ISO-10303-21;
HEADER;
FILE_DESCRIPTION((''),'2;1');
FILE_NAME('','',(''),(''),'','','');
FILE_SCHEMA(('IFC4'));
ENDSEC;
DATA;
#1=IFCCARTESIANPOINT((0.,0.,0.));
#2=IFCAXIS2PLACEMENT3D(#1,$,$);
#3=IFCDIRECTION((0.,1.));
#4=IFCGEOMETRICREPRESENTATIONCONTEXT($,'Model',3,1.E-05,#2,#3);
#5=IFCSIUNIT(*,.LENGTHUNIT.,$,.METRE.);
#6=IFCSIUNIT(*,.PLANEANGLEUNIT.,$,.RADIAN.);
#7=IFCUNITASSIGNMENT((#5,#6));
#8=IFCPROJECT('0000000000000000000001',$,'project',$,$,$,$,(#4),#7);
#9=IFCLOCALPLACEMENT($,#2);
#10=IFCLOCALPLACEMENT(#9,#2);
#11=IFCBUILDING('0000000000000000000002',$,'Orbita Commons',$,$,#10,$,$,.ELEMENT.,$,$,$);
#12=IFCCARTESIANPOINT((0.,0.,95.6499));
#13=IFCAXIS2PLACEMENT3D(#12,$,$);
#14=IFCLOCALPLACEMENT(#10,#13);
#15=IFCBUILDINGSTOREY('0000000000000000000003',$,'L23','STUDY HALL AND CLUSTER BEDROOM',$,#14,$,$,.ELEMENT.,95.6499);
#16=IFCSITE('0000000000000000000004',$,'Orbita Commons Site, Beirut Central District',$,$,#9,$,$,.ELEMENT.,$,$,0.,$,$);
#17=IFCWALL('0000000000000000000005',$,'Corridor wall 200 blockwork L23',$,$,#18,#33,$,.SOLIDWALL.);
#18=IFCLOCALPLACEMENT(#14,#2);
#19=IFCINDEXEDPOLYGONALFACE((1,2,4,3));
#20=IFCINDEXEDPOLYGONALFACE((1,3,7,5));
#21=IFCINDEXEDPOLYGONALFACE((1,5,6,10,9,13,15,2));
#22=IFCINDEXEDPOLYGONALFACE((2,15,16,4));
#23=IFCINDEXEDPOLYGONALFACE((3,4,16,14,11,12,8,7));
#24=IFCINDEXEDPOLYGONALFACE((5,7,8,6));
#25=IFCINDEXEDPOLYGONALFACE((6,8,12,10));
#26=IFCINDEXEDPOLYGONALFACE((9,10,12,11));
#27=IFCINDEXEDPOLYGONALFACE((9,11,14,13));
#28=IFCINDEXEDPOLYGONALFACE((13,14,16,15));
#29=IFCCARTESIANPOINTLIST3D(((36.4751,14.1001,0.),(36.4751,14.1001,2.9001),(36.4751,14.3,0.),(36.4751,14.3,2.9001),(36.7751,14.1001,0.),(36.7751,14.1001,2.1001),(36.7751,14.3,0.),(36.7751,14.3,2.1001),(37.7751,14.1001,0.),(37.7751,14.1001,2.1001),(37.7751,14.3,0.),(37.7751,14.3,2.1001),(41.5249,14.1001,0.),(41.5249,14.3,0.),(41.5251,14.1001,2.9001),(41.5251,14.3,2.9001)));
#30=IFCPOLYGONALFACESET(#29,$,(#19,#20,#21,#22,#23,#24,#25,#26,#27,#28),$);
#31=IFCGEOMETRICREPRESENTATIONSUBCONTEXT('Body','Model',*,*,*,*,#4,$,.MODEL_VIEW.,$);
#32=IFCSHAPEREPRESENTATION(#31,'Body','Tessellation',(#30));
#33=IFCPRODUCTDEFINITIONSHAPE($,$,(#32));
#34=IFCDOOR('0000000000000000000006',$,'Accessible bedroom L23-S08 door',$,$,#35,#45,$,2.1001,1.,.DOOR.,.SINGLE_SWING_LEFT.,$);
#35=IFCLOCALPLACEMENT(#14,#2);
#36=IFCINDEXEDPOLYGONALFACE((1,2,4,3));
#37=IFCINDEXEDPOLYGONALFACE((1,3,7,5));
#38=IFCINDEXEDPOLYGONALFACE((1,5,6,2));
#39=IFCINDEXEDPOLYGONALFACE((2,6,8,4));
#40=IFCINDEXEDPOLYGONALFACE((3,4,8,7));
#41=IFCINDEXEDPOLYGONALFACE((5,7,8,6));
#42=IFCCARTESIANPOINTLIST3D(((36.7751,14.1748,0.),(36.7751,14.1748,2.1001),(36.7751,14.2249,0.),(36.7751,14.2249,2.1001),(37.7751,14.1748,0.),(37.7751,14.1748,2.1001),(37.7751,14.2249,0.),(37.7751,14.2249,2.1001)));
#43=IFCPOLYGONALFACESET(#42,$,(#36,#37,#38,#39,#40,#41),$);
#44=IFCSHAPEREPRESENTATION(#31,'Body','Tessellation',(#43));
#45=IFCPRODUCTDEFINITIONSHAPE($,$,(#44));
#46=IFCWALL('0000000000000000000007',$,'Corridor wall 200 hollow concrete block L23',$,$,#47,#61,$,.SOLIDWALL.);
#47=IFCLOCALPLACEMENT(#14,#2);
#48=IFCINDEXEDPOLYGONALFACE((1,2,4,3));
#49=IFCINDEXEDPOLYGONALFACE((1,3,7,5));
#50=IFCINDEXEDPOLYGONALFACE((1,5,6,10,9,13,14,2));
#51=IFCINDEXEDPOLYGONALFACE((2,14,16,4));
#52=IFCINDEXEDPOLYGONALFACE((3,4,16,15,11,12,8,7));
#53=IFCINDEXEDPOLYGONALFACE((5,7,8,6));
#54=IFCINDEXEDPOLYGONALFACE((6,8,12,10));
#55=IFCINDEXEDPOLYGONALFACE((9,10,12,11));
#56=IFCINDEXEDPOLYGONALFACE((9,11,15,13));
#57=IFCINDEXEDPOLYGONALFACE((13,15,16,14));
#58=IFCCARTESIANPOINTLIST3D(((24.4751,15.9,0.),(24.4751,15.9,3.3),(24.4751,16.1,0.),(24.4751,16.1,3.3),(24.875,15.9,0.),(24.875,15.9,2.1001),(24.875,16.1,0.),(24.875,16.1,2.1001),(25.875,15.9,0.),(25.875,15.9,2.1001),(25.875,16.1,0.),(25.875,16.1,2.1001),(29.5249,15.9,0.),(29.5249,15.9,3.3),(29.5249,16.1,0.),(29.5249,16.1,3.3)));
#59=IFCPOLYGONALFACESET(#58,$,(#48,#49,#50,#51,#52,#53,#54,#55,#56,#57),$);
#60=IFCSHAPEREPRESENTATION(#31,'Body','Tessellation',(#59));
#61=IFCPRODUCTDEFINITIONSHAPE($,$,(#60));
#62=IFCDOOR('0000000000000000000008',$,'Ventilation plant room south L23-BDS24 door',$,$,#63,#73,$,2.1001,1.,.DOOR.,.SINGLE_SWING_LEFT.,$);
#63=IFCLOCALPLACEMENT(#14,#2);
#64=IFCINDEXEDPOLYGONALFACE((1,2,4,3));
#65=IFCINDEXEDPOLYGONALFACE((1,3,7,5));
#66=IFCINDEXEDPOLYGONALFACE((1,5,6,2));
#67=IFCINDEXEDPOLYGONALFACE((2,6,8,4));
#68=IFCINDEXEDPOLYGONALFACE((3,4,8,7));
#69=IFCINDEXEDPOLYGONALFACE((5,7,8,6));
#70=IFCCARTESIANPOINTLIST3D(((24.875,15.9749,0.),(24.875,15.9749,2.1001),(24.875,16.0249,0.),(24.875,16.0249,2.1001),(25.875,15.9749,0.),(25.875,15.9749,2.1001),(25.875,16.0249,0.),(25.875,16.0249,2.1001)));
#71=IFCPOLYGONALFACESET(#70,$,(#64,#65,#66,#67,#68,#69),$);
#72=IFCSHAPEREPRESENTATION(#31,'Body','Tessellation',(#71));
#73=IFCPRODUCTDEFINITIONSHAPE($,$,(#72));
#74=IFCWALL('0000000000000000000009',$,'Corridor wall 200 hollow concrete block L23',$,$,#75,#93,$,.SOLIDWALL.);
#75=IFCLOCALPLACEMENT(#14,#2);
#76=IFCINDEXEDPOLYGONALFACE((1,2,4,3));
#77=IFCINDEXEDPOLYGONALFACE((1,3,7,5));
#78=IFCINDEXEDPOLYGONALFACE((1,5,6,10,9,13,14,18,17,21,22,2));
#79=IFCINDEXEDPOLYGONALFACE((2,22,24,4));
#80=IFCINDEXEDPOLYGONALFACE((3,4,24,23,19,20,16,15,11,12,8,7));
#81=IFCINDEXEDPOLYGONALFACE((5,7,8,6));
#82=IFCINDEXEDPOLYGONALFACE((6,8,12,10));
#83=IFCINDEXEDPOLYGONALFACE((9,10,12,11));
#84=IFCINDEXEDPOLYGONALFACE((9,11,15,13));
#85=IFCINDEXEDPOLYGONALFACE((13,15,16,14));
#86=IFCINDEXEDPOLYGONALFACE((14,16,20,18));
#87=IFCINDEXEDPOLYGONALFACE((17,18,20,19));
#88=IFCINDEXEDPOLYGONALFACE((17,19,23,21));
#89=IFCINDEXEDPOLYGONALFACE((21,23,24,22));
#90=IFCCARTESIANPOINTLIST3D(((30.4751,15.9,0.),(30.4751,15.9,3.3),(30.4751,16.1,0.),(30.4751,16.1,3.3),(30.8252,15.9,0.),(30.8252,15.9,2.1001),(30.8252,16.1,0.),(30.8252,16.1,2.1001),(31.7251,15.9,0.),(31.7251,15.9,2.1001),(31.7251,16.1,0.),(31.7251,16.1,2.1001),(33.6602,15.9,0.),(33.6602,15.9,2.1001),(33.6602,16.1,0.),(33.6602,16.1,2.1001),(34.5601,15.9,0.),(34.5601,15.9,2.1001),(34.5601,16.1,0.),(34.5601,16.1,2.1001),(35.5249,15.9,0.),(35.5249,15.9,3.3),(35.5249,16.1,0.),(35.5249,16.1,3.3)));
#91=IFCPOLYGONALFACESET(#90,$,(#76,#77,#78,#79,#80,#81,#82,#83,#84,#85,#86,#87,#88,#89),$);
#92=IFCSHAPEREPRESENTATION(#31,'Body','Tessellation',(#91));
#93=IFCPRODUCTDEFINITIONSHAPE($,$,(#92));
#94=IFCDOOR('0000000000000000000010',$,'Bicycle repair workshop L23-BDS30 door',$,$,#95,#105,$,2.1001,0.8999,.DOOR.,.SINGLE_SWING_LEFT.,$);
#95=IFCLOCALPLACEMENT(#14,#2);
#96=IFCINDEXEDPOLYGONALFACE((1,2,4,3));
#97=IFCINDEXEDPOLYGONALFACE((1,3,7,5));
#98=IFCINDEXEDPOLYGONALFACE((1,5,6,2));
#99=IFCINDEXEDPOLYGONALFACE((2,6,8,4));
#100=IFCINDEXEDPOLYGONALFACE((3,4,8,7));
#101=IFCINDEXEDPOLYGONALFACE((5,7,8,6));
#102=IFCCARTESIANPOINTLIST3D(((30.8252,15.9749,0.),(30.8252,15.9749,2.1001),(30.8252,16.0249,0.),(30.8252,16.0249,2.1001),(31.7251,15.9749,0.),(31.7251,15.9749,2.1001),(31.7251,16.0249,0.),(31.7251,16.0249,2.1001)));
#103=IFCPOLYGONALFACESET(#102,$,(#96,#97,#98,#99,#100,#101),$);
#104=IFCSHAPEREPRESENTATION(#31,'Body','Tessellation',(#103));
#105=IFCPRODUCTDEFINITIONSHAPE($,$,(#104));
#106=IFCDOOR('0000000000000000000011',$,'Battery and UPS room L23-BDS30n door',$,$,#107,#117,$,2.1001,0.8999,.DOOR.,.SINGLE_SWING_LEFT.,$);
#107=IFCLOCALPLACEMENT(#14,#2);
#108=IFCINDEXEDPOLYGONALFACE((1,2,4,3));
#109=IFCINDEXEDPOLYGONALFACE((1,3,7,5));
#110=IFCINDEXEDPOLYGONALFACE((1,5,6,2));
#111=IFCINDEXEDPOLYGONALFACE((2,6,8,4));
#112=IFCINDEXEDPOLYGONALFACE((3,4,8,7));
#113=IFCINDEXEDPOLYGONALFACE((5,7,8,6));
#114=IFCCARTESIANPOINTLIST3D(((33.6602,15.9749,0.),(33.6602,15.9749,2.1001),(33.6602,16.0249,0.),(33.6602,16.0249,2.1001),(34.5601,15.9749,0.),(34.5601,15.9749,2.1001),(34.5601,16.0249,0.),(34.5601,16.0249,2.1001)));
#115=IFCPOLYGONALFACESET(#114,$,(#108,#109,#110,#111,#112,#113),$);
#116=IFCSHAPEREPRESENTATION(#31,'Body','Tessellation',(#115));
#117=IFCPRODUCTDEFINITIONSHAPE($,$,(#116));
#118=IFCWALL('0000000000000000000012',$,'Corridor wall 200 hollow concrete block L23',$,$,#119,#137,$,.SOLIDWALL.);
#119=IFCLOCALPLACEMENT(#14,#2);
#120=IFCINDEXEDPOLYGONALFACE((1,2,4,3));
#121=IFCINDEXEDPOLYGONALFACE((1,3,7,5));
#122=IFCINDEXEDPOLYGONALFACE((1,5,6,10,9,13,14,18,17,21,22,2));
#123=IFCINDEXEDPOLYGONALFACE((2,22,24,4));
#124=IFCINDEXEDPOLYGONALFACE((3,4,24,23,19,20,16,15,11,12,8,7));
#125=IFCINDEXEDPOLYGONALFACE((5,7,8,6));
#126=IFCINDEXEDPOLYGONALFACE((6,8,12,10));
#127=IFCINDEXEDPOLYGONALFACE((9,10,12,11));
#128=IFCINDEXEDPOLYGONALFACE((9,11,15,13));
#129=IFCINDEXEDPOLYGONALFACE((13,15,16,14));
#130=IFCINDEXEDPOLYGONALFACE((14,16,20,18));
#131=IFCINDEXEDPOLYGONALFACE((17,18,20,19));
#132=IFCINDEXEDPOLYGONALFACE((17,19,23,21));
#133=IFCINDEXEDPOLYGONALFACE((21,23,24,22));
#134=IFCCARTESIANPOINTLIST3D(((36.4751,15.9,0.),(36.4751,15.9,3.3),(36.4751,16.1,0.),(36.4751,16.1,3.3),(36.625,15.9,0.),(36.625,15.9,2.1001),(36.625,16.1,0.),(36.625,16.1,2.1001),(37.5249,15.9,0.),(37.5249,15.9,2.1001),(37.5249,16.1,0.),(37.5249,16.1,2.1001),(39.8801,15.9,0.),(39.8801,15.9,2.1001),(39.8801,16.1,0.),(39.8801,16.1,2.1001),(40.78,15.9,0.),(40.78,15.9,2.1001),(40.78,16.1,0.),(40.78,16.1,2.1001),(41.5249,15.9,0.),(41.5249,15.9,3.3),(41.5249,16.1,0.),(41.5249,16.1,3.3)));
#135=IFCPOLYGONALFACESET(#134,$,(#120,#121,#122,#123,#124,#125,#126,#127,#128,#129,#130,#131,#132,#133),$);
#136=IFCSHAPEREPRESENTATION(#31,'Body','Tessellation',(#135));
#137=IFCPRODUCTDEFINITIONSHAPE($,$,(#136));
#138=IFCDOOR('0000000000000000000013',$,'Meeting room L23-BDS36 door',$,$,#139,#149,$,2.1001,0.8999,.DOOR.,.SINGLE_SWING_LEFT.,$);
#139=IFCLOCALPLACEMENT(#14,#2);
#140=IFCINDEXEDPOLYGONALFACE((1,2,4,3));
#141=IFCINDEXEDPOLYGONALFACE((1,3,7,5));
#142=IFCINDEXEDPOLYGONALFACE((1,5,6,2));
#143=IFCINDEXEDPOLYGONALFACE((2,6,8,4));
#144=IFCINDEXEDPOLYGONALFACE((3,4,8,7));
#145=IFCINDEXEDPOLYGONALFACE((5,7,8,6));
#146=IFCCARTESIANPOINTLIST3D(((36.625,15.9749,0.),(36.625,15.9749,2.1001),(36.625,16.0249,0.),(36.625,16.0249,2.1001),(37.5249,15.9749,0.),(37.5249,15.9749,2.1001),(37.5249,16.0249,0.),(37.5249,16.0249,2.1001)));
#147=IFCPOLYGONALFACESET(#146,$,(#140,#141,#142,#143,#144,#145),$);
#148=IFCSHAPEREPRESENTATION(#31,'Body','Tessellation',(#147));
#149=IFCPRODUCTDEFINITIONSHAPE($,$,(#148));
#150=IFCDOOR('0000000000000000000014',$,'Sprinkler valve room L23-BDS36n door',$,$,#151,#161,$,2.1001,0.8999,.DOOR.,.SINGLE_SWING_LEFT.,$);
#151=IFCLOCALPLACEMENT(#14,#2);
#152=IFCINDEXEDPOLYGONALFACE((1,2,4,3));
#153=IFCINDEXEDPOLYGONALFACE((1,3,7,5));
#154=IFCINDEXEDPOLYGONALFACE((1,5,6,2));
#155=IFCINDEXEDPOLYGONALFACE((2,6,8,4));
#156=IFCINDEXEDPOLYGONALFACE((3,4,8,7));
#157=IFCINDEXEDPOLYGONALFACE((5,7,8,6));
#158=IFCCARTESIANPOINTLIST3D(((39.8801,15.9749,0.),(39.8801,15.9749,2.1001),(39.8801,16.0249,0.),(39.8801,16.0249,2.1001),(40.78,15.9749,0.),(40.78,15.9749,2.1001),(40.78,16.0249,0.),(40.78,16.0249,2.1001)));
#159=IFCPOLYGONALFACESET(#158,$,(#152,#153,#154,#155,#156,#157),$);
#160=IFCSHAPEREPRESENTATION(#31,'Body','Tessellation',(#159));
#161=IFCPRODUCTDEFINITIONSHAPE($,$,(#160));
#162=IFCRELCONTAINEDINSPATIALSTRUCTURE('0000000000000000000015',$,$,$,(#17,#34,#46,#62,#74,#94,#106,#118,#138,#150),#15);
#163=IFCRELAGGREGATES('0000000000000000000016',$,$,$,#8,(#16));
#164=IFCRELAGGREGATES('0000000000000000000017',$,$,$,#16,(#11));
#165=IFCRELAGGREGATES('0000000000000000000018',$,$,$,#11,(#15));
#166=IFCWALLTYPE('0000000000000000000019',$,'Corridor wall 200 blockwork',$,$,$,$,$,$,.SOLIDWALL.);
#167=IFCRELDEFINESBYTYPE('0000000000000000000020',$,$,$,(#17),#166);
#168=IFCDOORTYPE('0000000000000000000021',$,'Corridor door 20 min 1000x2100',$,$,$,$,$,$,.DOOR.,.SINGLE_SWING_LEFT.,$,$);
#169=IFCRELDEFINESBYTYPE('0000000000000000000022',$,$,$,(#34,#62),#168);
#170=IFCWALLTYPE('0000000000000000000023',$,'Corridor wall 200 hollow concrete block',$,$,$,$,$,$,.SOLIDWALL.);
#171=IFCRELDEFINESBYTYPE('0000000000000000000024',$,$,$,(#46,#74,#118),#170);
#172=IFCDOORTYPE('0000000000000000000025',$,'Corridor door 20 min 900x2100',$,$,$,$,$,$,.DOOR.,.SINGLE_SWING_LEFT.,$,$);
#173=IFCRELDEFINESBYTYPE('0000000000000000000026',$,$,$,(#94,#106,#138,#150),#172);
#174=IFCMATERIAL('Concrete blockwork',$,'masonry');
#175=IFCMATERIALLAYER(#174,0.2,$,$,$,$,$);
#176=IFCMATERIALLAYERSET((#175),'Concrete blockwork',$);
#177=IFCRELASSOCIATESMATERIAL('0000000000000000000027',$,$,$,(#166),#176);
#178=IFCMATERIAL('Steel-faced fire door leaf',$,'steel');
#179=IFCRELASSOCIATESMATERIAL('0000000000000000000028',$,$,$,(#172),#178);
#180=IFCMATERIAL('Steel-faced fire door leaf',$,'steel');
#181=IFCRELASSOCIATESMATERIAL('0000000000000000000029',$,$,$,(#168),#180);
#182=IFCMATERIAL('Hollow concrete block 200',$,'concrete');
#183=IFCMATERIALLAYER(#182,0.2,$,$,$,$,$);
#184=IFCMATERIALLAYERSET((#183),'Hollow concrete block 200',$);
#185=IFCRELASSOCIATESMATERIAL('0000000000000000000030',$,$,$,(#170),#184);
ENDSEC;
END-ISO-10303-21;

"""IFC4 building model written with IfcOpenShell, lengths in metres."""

from ifc_helpers import new_model, si_unit, direction, frame, frame_2d, origin, place, context, subcontext, project, spatial, polyline, rectangle, outline, extrude, material, layer, layer_set, type_object, element, fill, save


model = new_model("IFC4")

# Units and contexts
model_context = context("Model", 3, precision=1e-05, world=origin(), true_north=direction((0.0, 1.0)))
body_context = subcontext(model_context, "Body", "Model", "MODEL_VIEW")
ifc_project = project(units=[si_unit("LENGTHUNIT", "METRE"), si_unit("PLANEANGLEUNIT", "RADIAN")], contexts=[model_context])

# Site, building, storey
site_placement = place(None, origin())
site = spatial("IfcSite", under=ifc_project, at=site_placement, Name="Orbita Commons Site, Beirut Central District", CompositionType="ELEMENT", RefElevation=0.0)
building_placement = place(site_placement, origin())
building = spatial("IfcBuilding", under=site, at=building_placement, Name="Orbita Commons", CompositionType="ELEMENT")
storey_placement = place(building_placement, frame((0.0, 0.0, 95.6499)))
storey = spatial("IfcBuildingStorey", under=building, at=storey_placement, Name="L23", Description="STUDY HALL AND CLUSTER BEDROOM", CompositionType="ELEMENT", Elevation=95.6499)

# Shared definitions
ifc_material_1 = material(Name="Concrete blockwork", Category="masonry")
ifc_layer_1 = layer(ifc_material_1, 0.2)
ifc_layer_set_1 = layer_set([ifc_layer_1], Name="Concrete blockwork")
wall_type_1 = type_object("IfcWallType", Name="Corridor wall 200 blockwork", PredefinedType="SOLIDWALL", material=ifc_layer_set_1)
ifc_material_2 = material(Name="Steel-faced fire door leaf", Category="steel")
door_type_1 = type_object("IfcDoorType", Name="Corridor door 20 min 900x2100", OperationType="SINGLE_SWING_LEFT", PredefinedType="DOOR", material=ifc_material_2)

# Walls, openings, doors
wall_1_placement = place(storey_placement, frame((36.4751, 14.2, 0.0), z_axis=(0.0, 0.0, 1.0), x_axis=(1.0, 0.0, 0.0)))
wall_1 = element("IfcWall", 1, at=wall_1_placement, inside=storey, type_object=wall_type_1, Name="Corridor wall 200 blockwork L23", PredefinedType="SOLIDWALL", context=body_context, shape_type="SweptSolid", body=[
    extrude(outline(polyline([(0.0, 0.0), (5.0498, 0.0), (5.05, 2.9001), (0.0, 2.9001), (0.0, 0.0)])), frame((0.0, 0.1001, 0.0), z_axis=(0.0, -1.0, 0.0), x_axis=(1.0, 0.0, 0.0)), (0.0, 0.0, 1.0), 0.2),
])
opening_1_placement = place(wall_1_placement, frame((0.3, 0.0, 0.0)))
opening_1 = element("IfcOpeningElement", 2, at=opening_1_placement, cuts=wall_1, PredefinedType="OPENING", context=body_context, shape_type="SweptSolid", body=[
    extrude(rectangle(XDim=1.0, YDim=2.1001, at=frame_2d((0.5, 1.05))), frame((0.0, 0.1099, 0.0), z_axis=(0.0, -1.0, 0.0), x_axis=(1.0, 0.0, 0.0)), (0.0, 0.0, 1.0), 0.22),
])
ifc_material_3 = material(Name="Steel-faced fire door leaf", Category="steel")
door_type_2 = type_object("IfcDoorType", Name="Corridor door 20 min 1000x2100", OperationType="SINGLE_SWING_LEFT", PredefinedType="DOOR", material=ifc_material_3)
door_1_placement = place(opening_1_placement, origin())
door_1 = element("IfcDoor", 3, at=door_1_placement, inside=storey, type_object=door_type_2, Name="Accessible bedroom L23-S08 door", OperationType="SINGLE_SWING_LEFT", OverallHeight=2.1001, OverallWidth=1.0, PredefinedType="DOOR", context=body_context, shape_type="SweptSolid", body=[
    extrude(rectangle(XDim=1.0, YDim=2.1001, at=frame_2d((0.5, 1.05))), frame((0.0, 0.0249, 0.0), z_axis=(0.0, -1.0, 0.0), x_axis=(1.0, 0.0, 0.0)), (0.0, 0.0, 1.0), 0.05),
])
fill(opening_1, door_1)
ifc_material_4 = material(Name="Hollow concrete block 200", Category="concrete")
ifc_layer_2 = layer(ifc_material_4, 0.2)
ifc_layer_set_2 = layer_set([ifc_layer_2], Name="Hollow concrete block 200")
wall_type_2 = type_object("IfcWallType", Name="Corridor wall 200 hollow concrete block", PredefinedType="SOLIDWALL", material=ifc_layer_set_2)
wall_2_placement = place(storey_placement, frame((24.4751, 16.0, 0.0), z_axis=(0.0, 0.0, 1.0), x_axis=(1.0, 0.0, 0.0)))
wall_2 = element("IfcWall", 4, at=wall_2_placement, inside=storey, type_object=wall_type_2, Name="Corridor wall 200 hollow concrete block L23", PredefinedType="SOLIDWALL", context=body_context, shape_type="SweptSolid", body=[
    extrude(rectangle(XDim=5.0498, YDim=0.2, at=frame_2d((2.5249, 0.0))), origin(), (0.0, 0.0, 1.0), 3.3),
])
opening_2_placement = place(wall_2_placement, frame((0.3999, 0.0, 0.0)))
opening_2 = element("IfcOpeningElement", 5, at=opening_2_placement, cuts=wall_2, PredefinedType="OPENING", context=body_context, shape_type="SweptSolid", body=[
    extrude(rectangle(XDim=1.0, YDim=2.1001, at=frame_2d((0.5, 1.05))), frame((0.0, 0.1099, 0.0), z_axis=(0.0, -1.0, 0.0), x_axis=(1.0, 0.0, 0.0)), (0.0, 0.0, 1.0), 0.22),
])
door_2_placement = place(opening_2_placement, origin())
door_2 = element("IfcDoor", 6, at=door_2_placement, inside=storey, type_object=door_type_2, Name="Ventilation plant room south L23-BDS24 door", OperationType="SINGLE_SWING_LEFT", OverallHeight=2.1001, OverallWidth=1.0, PredefinedType="DOOR", context=body_context, shape_type="SweptSolid", body=[
    extrude(rectangle(XDim=1.0, YDim=2.1001, at=frame_2d((0.5, 1.05))), frame((0.0, 0.0249, 0.0), z_axis=(0.0, -1.0, 0.0), x_axis=(1.0, 0.0, 0.0)), (0.0, 0.0, 1.0), 0.05),
])
fill(opening_2, door_2)

# Walls, openings, doors
wall_3_placement = place(storey_placement, frame((30.4751, 16.0, 0.0), z_axis=(0.0, 0.0, 1.0), x_axis=(1.0, 0.0, 0.0)))
wall_3 = element("IfcWall", 7, at=wall_3_placement, inside=storey, type_object=wall_type_2, Name="Corridor wall 200 hollow concrete block L23", PredefinedType="SOLIDWALL", context=body_context, shape_type="SweptSolid", body=[
    extrude(rectangle(XDim=5.0498, YDim=0.2, at=frame_2d((2.5249, 0.0))), origin(), (0.0, 0.0, 1.0), 3.3),
])
opening_3_placement = place(wall_3_placement, frame((0.3501, 0.0, 0.0)))
opening_3 = element("IfcOpeningElement", 8, at=opening_3_placement, cuts=wall_3, PredefinedType="OPENING", context=body_context, shape_type="SweptSolid", body=[
    extrude(rectangle(XDim=0.8999, YDim=2.1001, at=frame_2d((0.45, 1.05))), frame((0.0, 0.1099, 0.0), z_axis=(0.0, -1.0, 0.0), x_axis=(1.0, 0.0, 0.0)), (0.0, 0.0, 1.0), 0.22),
])
opening_4_placement = place(wall_3_placement, frame((3.1851, 0.0, 0.0)))
opening_4 = element("IfcOpeningElement", 9, at=opening_4_placement, cuts=wall_3, PredefinedType="OPENING", context=body_context, shape_type="SweptSolid", body=[
    extrude(rectangle(XDim=0.8999, YDim=2.1001, at=frame_2d((0.45, 1.05))), frame((0.0, 0.1099, 0.0), z_axis=(0.0, -1.0, 0.0), x_axis=(1.0, 0.0, 0.0)), (0.0, 0.0, 1.0), 0.22),
])
door_3_placement = place(opening_3_placement, origin())
door_3 = element("IfcDoor", 10, at=door_3_placement, inside=storey, type_object=door_type_1, Name="Bicycle repair workshop L23-BDS30 door", OperationType="SINGLE_SWING_LEFT", OverallHeight=2.1001, OverallWidth=0.8999, PredefinedType="DOOR", context=body_context, shape_type="SweptSolid", body=[
    extrude(rectangle(XDim=0.8999, YDim=2.1001, at=frame_2d((0.45, 1.05))), frame((0.0, 0.0249, 0.0), z_axis=(0.0, -1.0, 0.0), x_axis=(1.0, 0.0, 0.0)), (0.0, 0.0, 1.0), 0.05),
])
fill(opening_3, door_3)
door_4_placement = place(opening_4_placement, origin())
door_4 = element("IfcDoor", 11, at=door_4_placement, inside=storey, type_object=door_type_1, Name="Battery and UPS room L23-BDS30n door", OperationType="SINGLE_SWING_LEFT", OverallHeight=2.1001, OverallWidth=0.8999, PredefinedType="DOOR", context=body_context, shape_type="SweptSolid", body=[
    extrude(rectangle(XDim=0.8999, YDim=2.1001, at=frame_2d((0.45, 1.05))), frame((0.0, 0.0249, 0.0), z_axis=(0.0, -1.0, 0.0), x_axis=(1.0, 0.0, 0.0)), (0.0, 0.0, 1.0), 0.05),
])
fill(opening_4, door_4)
wall_4_placement = place(storey_placement, frame((36.4751, 16.0, 0.0), z_axis=(0.0, 0.0, 1.0), x_axis=(1.0, 0.0, 0.0)))
wall_4 = element("IfcWall", 12, at=wall_4_placement, inside=storey, type_object=wall_type_2, Name="Corridor wall 200 hollow concrete block L23", PredefinedType="SOLIDWALL", context=body_context, shape_type="SweptSolid", body=[
    extrude(rectangle(XDim=5.0498, YDim=0.2, at=frame_2d((2.5249, 0.0))), origin(), (0.0, 0.0, 1.0), 3.3),
])
opening_5_placement = place(wall_4_placement, frame((0.1499, 0.0, 0.0)))
opening_5 = element("IfcOpeningElement", 13, at=opening_5_placement, cuts=wall_4, PredefinedType="OPENING", context=body_context, shape_type="SweptSolid", body=[
    extrude(rectangle(XDim=0.8999, YDim=2.1001, at=frame_2d((0.45, 1.05))), frame((0.0, 0.1099, 0.0), z_axis=(0.0, -1.0, 0.0), x_axis=(1.0, 0.0, 0.0)), (0.0, 0.0, 1.0), 0.22),
])
opening_6_placement = place(wall_4_placement, frame((3.405, 0.0, 0.0)))
opening_6 = element("IfcOpeningElement", 14, at=opening_6_placement, cuts=wall_4, PredefinedType="OPENING", context=body_context, shape_type="SweptSolid", body=[
    extrude(rectangle(XDim=0.8999, YDim=2.1001, at=frame_2d((0.45, 1.05))), frame((0.0, 0.1099, 0.0), z_axis=(0.0, -1.0, 0.0), x_axis=(1.0, 0.0, 0.0)), (0.0, 0.0, 1.0), 0.22),
])
door_5_placement = place(opening_5_placement, origin())
door_5 = element("IfcDoor", 15, at=door_5_placement, inside=storey, type_object=door_type_1, Name="Meeting room L23-BDS36 door", OperationType="SINGLE_SWING_LEFT", OverallHeight=2.1001, OverallWidth=0.8999, PredefinedType="DOOR", context=body_context, shape_type="SweptSolid", body=[
    extrude(rectangle(XDim=0.8999, YDim=2.1001, at=frame_2d((0.45, 1.05))), frame((0.0, 0.0249, 0.0), z_axis=(0.0, -1.0, 0.0), x_axis=(1.0, 0.0, 0.0)), (0.0, 0.0, 1.0), 0.05),
])
fill(opening_5, door_5)
door_6_placement = place(opening_6_placement, origin())
door_6 = element("IfcDoor", 16, at=door_6_placement, inside=storey, type_object=door_type_1, Name="Sprinkler valve room L23-BDS36n door", OperationType="SINGLE_SWING_LEFT", OverallHeight=2.1001, OverallWidth=0.8999, PredefinedType="DOOR", context=body_context, shape_type="SweptSolid", body=[
    extrude(rectangle(XDim=0.8999, YDim=2.1001, at=frame_2d((0.45, 1.05))), frame((0.0, 0.0249, 0.0), z_axis=(0.0, -1.0, 0.0), x_axis=(1.0, 0.0, 0.0)), (0.0, 0.0, 1.0), 0.05),
])
fill(opening_6, door_6)

save(model, "model.ifc")
